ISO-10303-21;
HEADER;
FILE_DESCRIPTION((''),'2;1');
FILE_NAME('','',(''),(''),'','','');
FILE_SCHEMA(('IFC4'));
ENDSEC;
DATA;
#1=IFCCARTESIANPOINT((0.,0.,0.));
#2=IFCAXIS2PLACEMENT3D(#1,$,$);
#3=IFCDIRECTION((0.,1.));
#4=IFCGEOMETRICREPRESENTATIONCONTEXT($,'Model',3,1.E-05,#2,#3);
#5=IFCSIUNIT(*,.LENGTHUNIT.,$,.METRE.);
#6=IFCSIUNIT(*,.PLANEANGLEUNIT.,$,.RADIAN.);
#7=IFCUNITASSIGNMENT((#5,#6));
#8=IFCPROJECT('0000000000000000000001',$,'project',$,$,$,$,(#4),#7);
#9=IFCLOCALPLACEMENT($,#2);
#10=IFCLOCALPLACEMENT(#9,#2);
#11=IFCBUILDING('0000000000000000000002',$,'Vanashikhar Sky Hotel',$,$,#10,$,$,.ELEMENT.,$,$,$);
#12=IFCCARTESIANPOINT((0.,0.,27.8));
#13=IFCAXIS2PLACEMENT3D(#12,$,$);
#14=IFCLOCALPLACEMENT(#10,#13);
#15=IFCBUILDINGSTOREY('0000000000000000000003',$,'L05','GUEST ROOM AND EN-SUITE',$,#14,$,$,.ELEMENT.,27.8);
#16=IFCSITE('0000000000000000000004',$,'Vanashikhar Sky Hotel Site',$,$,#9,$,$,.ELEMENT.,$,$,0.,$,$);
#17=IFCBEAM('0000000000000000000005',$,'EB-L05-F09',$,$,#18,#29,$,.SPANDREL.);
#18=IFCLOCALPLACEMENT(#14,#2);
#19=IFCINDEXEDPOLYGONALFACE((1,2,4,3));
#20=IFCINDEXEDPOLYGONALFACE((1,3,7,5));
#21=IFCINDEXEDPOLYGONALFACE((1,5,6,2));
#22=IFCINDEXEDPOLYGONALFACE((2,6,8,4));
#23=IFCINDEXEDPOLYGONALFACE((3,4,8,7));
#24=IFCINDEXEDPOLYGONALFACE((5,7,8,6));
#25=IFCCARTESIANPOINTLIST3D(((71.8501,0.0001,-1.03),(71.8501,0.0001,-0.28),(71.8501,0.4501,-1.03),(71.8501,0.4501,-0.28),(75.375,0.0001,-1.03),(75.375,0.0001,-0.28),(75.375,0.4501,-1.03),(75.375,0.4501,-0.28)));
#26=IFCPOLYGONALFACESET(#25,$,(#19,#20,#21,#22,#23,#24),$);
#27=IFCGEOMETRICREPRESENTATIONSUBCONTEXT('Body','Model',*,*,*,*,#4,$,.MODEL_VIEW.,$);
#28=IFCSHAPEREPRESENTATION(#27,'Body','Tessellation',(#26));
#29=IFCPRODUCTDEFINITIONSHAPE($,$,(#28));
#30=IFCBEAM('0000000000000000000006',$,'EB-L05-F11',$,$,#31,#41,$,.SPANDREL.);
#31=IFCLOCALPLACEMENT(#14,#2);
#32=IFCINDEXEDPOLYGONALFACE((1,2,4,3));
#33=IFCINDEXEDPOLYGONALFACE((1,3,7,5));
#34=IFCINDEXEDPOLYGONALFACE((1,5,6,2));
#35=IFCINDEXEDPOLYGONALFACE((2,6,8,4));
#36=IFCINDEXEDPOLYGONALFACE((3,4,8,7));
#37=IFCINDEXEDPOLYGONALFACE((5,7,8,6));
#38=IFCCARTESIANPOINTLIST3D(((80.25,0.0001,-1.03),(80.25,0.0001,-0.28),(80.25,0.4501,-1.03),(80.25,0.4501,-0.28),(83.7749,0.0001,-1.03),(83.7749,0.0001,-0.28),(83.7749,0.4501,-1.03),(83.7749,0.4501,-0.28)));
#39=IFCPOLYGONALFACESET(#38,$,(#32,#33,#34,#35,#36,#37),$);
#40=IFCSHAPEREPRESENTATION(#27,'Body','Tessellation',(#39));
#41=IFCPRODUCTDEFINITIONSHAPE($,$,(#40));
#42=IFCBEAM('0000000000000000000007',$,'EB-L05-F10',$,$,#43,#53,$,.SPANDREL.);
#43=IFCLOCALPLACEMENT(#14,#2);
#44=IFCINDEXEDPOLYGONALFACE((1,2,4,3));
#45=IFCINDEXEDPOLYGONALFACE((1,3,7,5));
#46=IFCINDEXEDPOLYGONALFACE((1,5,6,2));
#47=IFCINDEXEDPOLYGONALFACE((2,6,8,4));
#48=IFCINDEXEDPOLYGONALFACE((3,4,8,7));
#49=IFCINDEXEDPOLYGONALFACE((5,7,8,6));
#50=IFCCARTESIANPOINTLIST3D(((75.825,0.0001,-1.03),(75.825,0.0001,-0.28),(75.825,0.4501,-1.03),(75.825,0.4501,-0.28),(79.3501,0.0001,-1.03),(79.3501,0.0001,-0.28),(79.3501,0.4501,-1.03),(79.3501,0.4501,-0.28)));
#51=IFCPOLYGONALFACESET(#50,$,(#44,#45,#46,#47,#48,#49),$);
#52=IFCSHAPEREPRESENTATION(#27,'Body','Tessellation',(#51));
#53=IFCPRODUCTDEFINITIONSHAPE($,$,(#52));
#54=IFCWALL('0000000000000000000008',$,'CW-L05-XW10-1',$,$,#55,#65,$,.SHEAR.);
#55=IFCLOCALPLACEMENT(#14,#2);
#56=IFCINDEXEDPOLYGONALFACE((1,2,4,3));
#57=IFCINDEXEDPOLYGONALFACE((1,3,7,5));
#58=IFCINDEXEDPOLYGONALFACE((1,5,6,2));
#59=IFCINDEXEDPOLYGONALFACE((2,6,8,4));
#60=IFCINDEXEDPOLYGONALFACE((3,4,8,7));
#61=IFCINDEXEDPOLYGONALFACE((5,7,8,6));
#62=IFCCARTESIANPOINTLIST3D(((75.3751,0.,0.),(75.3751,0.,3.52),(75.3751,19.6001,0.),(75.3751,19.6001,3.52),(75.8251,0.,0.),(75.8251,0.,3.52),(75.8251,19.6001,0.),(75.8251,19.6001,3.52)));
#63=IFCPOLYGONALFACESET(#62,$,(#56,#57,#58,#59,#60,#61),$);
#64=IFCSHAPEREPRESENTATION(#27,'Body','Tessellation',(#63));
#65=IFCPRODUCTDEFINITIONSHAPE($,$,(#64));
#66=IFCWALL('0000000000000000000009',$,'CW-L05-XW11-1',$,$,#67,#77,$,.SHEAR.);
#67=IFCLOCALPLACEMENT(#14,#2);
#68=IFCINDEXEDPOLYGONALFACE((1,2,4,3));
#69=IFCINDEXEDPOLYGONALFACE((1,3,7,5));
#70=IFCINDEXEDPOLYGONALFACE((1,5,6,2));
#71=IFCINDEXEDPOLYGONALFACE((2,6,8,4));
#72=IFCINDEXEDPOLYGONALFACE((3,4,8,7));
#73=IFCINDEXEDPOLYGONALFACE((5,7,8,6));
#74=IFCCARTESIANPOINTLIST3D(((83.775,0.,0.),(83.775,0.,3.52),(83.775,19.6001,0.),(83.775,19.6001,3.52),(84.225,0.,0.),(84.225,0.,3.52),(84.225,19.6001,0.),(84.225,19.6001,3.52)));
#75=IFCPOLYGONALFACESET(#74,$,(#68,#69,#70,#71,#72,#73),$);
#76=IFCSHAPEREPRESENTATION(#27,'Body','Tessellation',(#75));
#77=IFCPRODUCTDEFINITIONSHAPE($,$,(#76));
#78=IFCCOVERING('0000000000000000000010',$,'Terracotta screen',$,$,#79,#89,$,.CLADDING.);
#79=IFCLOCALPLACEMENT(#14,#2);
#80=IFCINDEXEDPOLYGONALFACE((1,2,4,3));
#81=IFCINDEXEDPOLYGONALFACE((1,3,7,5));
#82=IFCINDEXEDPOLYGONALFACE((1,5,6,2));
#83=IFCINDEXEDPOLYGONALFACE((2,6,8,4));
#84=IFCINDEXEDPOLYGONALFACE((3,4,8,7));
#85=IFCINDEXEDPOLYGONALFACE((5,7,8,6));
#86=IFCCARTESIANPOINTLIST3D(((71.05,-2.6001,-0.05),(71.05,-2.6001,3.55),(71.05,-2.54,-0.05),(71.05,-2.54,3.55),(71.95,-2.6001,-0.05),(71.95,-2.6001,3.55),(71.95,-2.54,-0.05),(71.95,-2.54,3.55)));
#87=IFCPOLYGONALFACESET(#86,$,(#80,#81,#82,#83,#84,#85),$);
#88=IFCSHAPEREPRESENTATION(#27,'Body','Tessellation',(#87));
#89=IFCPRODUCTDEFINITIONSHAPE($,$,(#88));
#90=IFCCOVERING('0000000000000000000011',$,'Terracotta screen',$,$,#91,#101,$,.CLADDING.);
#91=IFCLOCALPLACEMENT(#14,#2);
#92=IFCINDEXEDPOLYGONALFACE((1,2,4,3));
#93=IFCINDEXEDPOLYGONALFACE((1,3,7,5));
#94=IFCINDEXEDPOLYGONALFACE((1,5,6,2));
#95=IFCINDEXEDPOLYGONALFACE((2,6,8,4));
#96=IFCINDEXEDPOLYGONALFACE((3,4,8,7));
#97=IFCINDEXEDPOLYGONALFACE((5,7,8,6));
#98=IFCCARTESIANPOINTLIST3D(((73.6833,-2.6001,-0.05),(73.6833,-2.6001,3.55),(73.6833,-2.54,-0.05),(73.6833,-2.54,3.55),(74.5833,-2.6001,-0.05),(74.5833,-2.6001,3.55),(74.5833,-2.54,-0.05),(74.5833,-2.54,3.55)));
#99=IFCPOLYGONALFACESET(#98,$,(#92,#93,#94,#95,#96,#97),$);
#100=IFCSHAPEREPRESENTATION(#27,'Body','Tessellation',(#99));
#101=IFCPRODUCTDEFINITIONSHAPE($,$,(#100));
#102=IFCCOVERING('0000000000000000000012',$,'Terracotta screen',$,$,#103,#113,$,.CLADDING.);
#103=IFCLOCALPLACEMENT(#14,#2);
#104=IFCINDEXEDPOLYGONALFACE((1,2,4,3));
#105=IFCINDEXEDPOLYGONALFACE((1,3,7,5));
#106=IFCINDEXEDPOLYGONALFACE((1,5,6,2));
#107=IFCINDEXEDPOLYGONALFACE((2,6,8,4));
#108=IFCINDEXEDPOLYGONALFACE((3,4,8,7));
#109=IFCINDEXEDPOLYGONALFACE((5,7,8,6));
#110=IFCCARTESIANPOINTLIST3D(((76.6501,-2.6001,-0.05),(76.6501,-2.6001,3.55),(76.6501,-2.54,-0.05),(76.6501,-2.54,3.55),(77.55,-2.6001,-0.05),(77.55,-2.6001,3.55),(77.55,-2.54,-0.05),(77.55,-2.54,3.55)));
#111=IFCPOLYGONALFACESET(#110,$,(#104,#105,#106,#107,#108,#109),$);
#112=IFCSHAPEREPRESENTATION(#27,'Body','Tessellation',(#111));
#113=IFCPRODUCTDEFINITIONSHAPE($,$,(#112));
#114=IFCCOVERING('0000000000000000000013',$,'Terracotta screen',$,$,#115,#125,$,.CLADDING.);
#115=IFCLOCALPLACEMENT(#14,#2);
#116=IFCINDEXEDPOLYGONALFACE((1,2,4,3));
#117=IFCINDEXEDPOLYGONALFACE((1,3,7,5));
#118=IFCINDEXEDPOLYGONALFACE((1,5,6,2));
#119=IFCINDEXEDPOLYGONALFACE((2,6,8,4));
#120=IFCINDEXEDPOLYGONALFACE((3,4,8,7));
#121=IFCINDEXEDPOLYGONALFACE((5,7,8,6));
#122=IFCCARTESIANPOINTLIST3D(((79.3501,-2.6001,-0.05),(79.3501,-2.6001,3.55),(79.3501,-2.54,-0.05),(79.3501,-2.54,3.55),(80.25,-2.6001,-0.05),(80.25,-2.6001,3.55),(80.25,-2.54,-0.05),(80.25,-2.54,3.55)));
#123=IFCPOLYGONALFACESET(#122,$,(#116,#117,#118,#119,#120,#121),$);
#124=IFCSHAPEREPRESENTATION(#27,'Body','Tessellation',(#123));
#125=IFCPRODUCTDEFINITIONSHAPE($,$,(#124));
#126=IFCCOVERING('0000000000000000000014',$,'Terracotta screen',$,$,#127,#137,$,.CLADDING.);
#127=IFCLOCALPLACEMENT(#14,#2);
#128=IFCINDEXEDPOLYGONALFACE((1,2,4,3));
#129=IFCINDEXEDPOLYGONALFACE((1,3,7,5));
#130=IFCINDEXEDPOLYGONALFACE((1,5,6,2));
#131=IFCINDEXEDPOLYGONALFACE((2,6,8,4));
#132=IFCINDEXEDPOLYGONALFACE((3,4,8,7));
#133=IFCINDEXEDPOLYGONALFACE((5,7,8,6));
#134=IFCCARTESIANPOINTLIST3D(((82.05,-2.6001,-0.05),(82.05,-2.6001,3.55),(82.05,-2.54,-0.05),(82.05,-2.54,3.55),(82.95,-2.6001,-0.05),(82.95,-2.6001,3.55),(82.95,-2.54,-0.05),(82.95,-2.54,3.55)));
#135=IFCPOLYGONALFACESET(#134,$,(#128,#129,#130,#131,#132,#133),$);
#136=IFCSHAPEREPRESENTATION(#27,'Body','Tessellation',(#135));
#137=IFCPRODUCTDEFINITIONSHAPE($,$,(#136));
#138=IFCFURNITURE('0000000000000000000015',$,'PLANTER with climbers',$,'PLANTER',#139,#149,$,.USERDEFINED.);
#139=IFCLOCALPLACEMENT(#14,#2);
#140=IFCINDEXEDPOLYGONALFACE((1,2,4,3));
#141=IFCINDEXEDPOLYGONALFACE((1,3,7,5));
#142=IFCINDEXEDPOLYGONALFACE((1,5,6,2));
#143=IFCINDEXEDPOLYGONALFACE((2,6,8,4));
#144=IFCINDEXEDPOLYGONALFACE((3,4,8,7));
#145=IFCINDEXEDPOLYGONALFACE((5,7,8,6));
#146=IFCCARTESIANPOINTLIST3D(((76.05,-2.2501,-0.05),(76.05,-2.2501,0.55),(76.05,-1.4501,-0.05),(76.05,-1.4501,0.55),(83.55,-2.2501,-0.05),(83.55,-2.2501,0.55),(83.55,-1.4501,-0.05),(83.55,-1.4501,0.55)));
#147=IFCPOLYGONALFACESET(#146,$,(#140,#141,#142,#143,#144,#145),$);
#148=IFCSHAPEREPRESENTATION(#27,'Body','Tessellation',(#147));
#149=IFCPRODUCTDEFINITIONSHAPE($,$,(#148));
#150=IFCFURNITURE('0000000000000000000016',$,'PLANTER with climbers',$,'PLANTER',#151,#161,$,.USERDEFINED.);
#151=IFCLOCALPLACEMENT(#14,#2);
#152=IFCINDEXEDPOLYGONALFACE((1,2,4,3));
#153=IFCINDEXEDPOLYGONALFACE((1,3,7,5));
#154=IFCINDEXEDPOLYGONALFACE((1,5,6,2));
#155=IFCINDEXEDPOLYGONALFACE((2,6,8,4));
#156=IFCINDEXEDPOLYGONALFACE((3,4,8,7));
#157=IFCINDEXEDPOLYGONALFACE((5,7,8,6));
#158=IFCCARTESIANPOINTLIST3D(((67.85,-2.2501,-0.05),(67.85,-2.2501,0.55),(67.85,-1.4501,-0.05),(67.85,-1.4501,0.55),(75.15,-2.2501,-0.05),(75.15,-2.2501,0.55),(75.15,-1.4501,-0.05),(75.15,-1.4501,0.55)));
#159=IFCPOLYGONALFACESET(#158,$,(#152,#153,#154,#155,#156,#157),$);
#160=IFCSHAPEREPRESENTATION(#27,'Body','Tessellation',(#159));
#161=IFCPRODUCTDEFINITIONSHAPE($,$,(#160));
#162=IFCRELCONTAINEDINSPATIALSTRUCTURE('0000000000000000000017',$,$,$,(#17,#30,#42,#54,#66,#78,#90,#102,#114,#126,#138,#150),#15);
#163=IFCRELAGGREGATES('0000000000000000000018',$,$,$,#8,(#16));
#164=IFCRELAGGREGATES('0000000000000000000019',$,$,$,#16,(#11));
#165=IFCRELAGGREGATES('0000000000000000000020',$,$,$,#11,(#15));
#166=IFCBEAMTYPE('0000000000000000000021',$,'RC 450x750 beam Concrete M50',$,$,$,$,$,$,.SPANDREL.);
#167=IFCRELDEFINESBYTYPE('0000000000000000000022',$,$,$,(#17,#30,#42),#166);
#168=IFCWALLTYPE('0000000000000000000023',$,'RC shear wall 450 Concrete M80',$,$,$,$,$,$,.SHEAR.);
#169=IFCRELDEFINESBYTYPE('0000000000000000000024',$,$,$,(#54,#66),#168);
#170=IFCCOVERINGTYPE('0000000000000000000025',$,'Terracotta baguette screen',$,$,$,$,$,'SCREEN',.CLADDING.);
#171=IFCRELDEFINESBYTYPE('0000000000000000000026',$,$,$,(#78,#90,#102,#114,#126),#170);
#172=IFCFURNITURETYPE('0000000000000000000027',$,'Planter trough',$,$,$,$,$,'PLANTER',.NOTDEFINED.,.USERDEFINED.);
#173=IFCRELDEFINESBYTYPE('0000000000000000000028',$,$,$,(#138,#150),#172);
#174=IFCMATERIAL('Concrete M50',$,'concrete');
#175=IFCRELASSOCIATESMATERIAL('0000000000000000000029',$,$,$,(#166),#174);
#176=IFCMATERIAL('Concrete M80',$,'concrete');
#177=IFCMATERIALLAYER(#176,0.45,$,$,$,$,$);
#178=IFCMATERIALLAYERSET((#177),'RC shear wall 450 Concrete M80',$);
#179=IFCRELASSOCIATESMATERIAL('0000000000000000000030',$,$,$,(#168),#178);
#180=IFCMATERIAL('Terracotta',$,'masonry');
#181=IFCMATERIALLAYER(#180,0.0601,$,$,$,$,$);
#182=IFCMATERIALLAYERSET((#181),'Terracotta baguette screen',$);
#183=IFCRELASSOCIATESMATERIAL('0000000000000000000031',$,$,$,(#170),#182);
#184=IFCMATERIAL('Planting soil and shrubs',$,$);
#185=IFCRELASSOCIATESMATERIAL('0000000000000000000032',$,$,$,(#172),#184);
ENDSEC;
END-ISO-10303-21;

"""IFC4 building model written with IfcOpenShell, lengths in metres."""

from ifc_helpers import new_model, si_unit, direction, frame, frame_2d, origin, origin_2d, place, context, subcontext, project, spatial, rectangle, extrude, source, transform, mapped, material, layer, layer_set, material_profile, profile_set, type_object, element, save


model = new_model("IFC4")

# Units and contexts
model_context = context("Model", 3, precision=1e-05, world=origin(), true_north=direction((0.0, 1.0)))
body_context = subcontext(model_context, "Body", "Model", "MODEL_VIEW")
ifc_project = project(units=[si_unit("LENGTHUNIT", "METRE"), si_unit("PLANEANGLEUNIT", "RADIAN")], contexts=[model_context])

# Site, building, storey
site_placement = place(None, origin())
site = spatial("IfcSite", under=ifc_project, at=site_placement, Name="Vanashikhar Sky Hotel Site", CompositionType="ELEMENT", RefElevation=0.0)
building_placement = place(site_placement, origin())
building = spatial("IfcBuilding", under=site, at=building_placement, Name="Vanashikhar Sky Hotel", CompositionType="ELEMENT")
storey_placement = place(building_placement, frame((0.0, 0.0, 27.8)))
storey = spatial("IfcBuildingStorey", under=building, at=storey_placement, Name="L05", Description="GUEST ROOM AND EN-SUITE", CompositionType="ELEMENT", Elevation=27.8)

# Beams
ifc_material_1 = material(Name="Concrete M50", Category="concrete")
ifc_material_profile = material_profile(ifc_material_1, rectangle(XDim=0.45, YDim=0.75, at=origin_2d()))
ifc_profile_set = profile_set([ifc_material_profile], Name="RC 450x750 beam Concrete M50")
beam_type = type_object("IfcBeamType", Name="RC 450x750 beam Concrete M50", PredefinedType="SPANDREL", material=ifc_profile_set)
shared_shape_1 = source(origin(), body_context, "Body", "SweptSolid", [
    extrude(rectangle(XDim=0.45, YDim=0.75, at=origin_2d()), origin(), (0.0, 0.0, 1.0), 3.5249),
])
for number, where, z_axis, x_axis, name in (
    (1, (71.8501, 0.2251, -0.655), (1.0, 0.0, 0.0), (0.0, 1.0, 0.0), "EB-L05-F09"),
    (2, (80.25, 0.2251, -0.655), (1.0, 0.0, 0.0), (0.0, 1.0, 0.0), "EB-L05-F11"),
):
    element("IfcBeam", number, at=place(storey_placement, frame(where, z_axis=z_axis, x_axis=x_axis)), inside=storey, type_object=beam_type, Name=name, PredefinedType="SPANDREL", context=body_context, shape_type="MappedRepresentation", body=[
        mapped(shared_shape_1, transform((0.0, 0.0, 0.0), scale=1.0)),
    ])
shared_shape_2 = source(origin(), body_context, "Body", "SweptSolid", [
    extrude(rectangle(XDim=0.45, YDim=0.75, at=origin_2d()), origin(), (0.0, 0.0, 1.0), 3.5251),
])
beam_placement = place(storey_placement, frame((75.825, 0.2251, -0.655), z_axis=(1.0, 0.0, 0.0), x_axis=(0.0, 1.0, 0.0)))
element("IfcBeam", 3, at=beam_placement, inside=storey, type_object=beam_type, Name="EB-L05-F10", PredefinedType="SPANDREL", context=body_context, shape_type="MappedRepresentation", body=[
    mapped(shared_shape_2, transform((0.0, 0.0, 0.0), scale=1.0)),
])

# Walls
ifc_material_2 = material(Name="Concrete M80", Category="concrete")
ifc_layer_1 = layer(ifc_material_2, 0.45)
ifc_layer_set_1 = layer_set([ifc_layer_1], Name="RC shear wall 450 Concrete M80")
wall_type = type_object("IfcWallType", Name="RC shear wall 450 Concrete M80", PredefinedType="SHEAR", material=ifc_layer_set_1)
shared_shape_3 = source(origin(), body_context, "Body", "SweptSolid", [
    extrude(rectangle(XDim=19.6001, YDim=0.45, at=frame_2d((9.8, 0.0))), origin(), (0.0, 0.0, 1.0), 3.52),
])
for number, where, z_axis, x_axis, name in (
    (4, (75.6001, 0.0, 0.0), (0.0, 0.0, 1.0), (0.0, 1.0, 0.0), "CW-L05-XW10-1"),
    (5, (84.0, 0.0, 0.0), (0.0, 0.0, 1.0), (0.0, 1.0, 0.0), "CW-L05-XW11-1"),
):
    element("IfcWall", number, at=place(storey_placement, frame(where, z_axis=z_axis, x_axis=x_axis)), inside=storey, type_object=wall_type, Name=name, PredefinedType="SHEAR", context=body_context, shape_type="MappedRepresentation", body=[
        mapped(shared_shape_3, transform((0.0, 0.0, 0.0), scale=1.0)),
    ])

# Coverings
ifc_material_3 = material(Name="Terracotta", Category="masonry")
ifc_layer_2 = layer(ifc_material_3, 0.0601)
ifc_layer_set_2 = layer_set([ifc_layer_2], Name="Terracotta baguette screen")
covering_type = type_object("IfcCoveringType", Name="Terracotta baguette screen", ElementType="SCREEN", PredefinedType="CLADDING", material=ifc_layer_set_2)
shared_shape_4 = source(origin(), body_context, "Body", "SweptSolid", [
    extrude(rectangle(XDim=0.8999, YDim=0.0601, at=origin_2d()), origin(), (0.0, 0.0, 1.0), 3.6001),
])
for number, where, z_axis, x_axis, name in (
    (6, (71.5, -2.5701, -0.05), (0.0, 0.0, 1.0), (1.0, 0.0, 0.0), "Terracotta screen"),
    (7, (74.1333, -2.5701, -0.05), (0.0, 0.0, 1.0), (1.0, 0.0, 0.0), "Terracotta screen"),
    (8, (77.1001, -2.5701, -0.05), (0.0, 0.0, 1.0), (1.0, 0.0, 0.0), "Terracotta screen"),
    (9, (79.8, -2.5701, -0.05), (0.0, 0.0, 1.0), (1.0, 0.0, 0.0), "Terracotta screen"),
    (10, (82.5, -2.5701, -0.05), (0.0, 0.0, 1.0), (1.0, 0.0, 0.0), "Terracotta screen"),
):
    element("IfcCovering", number, at=place(storey_placement, frame(where, z_axis=z_axis, x_axis=x_axis)), inside=storey, type_object=covering_type, Name=name, PredefinedType="CLADDING", context=body_context, shape_type="MappedRepresentation", body=[
        mapped(shared_shape_4, transform((0.0, 0.0, 0.0), scale=1.0)),
    ])

# Furniture
ifc_material_4 = material(Name="Planting soil and shrubs")
furniture_type = type_object("IfcFurnitureType", Name="Planter trough", ElementType="PLANTER", AssemblyPlace="NOTDEFINED", PredefinedType="USERDEFINED", material=ifc_material_4)
shared_shape_5 = source(origin(), body_context, "Body", "SweptSolid", [
    extrude(rectangle(XDim=7.5, YDim=0.8, at=origin_2d()), origin(), (0.0, 0.0, 1.0), 0.6001),
])
furniture_1_placement = place(storey_placement, frame((79.8, -1.8501, -0.05), z_axis=(0.0, 0.0, 1.0), x_axis=(1.0, 0.0, 0.0)))
element("IfcFurniture", 11, at=furniture_1_placement, inside=storey, type_object=furniture_type, Name="PLANTER with climbers", ObjectType="PLANTER", PredefinedType="USERDEFINED", context=body_context, shape_type="MappedRepresentation", body=[
    mapped(shared_shape_5, transform((0.0, 0.0, 0.0), scale=1.0)),
])
shared_shape_6 = source(origin(), body_context, "Body", "SweptSolid", [
    extrude(rectangle(XDim=7.3, YDim=0.8, at=origin_2d()), origin(), (0.0, 0.0, 1.0), 0.6001),
])
furniture_2_placement = place(storey_placement, frame((71.5, -1.8501, -0.05), z_axis=(0.0, 0.0, 1.0), x_axis=(1.0, 0.0, 0.0)))
element("IfcFurniture", 12, at=furniture_2_placement, inside=storey, type_object=furniture_type, Name="PLANTER with climbers", ObjectType="PLANTER", PredefinedType="USERDEFINED", context=body_context, shape_type="MappedRepresentation", body=[
    mapped(shared_shape_6, transform((0.0, 0.0, 0.0), scale=1.0)),
])

save(model, "model.ifc")
